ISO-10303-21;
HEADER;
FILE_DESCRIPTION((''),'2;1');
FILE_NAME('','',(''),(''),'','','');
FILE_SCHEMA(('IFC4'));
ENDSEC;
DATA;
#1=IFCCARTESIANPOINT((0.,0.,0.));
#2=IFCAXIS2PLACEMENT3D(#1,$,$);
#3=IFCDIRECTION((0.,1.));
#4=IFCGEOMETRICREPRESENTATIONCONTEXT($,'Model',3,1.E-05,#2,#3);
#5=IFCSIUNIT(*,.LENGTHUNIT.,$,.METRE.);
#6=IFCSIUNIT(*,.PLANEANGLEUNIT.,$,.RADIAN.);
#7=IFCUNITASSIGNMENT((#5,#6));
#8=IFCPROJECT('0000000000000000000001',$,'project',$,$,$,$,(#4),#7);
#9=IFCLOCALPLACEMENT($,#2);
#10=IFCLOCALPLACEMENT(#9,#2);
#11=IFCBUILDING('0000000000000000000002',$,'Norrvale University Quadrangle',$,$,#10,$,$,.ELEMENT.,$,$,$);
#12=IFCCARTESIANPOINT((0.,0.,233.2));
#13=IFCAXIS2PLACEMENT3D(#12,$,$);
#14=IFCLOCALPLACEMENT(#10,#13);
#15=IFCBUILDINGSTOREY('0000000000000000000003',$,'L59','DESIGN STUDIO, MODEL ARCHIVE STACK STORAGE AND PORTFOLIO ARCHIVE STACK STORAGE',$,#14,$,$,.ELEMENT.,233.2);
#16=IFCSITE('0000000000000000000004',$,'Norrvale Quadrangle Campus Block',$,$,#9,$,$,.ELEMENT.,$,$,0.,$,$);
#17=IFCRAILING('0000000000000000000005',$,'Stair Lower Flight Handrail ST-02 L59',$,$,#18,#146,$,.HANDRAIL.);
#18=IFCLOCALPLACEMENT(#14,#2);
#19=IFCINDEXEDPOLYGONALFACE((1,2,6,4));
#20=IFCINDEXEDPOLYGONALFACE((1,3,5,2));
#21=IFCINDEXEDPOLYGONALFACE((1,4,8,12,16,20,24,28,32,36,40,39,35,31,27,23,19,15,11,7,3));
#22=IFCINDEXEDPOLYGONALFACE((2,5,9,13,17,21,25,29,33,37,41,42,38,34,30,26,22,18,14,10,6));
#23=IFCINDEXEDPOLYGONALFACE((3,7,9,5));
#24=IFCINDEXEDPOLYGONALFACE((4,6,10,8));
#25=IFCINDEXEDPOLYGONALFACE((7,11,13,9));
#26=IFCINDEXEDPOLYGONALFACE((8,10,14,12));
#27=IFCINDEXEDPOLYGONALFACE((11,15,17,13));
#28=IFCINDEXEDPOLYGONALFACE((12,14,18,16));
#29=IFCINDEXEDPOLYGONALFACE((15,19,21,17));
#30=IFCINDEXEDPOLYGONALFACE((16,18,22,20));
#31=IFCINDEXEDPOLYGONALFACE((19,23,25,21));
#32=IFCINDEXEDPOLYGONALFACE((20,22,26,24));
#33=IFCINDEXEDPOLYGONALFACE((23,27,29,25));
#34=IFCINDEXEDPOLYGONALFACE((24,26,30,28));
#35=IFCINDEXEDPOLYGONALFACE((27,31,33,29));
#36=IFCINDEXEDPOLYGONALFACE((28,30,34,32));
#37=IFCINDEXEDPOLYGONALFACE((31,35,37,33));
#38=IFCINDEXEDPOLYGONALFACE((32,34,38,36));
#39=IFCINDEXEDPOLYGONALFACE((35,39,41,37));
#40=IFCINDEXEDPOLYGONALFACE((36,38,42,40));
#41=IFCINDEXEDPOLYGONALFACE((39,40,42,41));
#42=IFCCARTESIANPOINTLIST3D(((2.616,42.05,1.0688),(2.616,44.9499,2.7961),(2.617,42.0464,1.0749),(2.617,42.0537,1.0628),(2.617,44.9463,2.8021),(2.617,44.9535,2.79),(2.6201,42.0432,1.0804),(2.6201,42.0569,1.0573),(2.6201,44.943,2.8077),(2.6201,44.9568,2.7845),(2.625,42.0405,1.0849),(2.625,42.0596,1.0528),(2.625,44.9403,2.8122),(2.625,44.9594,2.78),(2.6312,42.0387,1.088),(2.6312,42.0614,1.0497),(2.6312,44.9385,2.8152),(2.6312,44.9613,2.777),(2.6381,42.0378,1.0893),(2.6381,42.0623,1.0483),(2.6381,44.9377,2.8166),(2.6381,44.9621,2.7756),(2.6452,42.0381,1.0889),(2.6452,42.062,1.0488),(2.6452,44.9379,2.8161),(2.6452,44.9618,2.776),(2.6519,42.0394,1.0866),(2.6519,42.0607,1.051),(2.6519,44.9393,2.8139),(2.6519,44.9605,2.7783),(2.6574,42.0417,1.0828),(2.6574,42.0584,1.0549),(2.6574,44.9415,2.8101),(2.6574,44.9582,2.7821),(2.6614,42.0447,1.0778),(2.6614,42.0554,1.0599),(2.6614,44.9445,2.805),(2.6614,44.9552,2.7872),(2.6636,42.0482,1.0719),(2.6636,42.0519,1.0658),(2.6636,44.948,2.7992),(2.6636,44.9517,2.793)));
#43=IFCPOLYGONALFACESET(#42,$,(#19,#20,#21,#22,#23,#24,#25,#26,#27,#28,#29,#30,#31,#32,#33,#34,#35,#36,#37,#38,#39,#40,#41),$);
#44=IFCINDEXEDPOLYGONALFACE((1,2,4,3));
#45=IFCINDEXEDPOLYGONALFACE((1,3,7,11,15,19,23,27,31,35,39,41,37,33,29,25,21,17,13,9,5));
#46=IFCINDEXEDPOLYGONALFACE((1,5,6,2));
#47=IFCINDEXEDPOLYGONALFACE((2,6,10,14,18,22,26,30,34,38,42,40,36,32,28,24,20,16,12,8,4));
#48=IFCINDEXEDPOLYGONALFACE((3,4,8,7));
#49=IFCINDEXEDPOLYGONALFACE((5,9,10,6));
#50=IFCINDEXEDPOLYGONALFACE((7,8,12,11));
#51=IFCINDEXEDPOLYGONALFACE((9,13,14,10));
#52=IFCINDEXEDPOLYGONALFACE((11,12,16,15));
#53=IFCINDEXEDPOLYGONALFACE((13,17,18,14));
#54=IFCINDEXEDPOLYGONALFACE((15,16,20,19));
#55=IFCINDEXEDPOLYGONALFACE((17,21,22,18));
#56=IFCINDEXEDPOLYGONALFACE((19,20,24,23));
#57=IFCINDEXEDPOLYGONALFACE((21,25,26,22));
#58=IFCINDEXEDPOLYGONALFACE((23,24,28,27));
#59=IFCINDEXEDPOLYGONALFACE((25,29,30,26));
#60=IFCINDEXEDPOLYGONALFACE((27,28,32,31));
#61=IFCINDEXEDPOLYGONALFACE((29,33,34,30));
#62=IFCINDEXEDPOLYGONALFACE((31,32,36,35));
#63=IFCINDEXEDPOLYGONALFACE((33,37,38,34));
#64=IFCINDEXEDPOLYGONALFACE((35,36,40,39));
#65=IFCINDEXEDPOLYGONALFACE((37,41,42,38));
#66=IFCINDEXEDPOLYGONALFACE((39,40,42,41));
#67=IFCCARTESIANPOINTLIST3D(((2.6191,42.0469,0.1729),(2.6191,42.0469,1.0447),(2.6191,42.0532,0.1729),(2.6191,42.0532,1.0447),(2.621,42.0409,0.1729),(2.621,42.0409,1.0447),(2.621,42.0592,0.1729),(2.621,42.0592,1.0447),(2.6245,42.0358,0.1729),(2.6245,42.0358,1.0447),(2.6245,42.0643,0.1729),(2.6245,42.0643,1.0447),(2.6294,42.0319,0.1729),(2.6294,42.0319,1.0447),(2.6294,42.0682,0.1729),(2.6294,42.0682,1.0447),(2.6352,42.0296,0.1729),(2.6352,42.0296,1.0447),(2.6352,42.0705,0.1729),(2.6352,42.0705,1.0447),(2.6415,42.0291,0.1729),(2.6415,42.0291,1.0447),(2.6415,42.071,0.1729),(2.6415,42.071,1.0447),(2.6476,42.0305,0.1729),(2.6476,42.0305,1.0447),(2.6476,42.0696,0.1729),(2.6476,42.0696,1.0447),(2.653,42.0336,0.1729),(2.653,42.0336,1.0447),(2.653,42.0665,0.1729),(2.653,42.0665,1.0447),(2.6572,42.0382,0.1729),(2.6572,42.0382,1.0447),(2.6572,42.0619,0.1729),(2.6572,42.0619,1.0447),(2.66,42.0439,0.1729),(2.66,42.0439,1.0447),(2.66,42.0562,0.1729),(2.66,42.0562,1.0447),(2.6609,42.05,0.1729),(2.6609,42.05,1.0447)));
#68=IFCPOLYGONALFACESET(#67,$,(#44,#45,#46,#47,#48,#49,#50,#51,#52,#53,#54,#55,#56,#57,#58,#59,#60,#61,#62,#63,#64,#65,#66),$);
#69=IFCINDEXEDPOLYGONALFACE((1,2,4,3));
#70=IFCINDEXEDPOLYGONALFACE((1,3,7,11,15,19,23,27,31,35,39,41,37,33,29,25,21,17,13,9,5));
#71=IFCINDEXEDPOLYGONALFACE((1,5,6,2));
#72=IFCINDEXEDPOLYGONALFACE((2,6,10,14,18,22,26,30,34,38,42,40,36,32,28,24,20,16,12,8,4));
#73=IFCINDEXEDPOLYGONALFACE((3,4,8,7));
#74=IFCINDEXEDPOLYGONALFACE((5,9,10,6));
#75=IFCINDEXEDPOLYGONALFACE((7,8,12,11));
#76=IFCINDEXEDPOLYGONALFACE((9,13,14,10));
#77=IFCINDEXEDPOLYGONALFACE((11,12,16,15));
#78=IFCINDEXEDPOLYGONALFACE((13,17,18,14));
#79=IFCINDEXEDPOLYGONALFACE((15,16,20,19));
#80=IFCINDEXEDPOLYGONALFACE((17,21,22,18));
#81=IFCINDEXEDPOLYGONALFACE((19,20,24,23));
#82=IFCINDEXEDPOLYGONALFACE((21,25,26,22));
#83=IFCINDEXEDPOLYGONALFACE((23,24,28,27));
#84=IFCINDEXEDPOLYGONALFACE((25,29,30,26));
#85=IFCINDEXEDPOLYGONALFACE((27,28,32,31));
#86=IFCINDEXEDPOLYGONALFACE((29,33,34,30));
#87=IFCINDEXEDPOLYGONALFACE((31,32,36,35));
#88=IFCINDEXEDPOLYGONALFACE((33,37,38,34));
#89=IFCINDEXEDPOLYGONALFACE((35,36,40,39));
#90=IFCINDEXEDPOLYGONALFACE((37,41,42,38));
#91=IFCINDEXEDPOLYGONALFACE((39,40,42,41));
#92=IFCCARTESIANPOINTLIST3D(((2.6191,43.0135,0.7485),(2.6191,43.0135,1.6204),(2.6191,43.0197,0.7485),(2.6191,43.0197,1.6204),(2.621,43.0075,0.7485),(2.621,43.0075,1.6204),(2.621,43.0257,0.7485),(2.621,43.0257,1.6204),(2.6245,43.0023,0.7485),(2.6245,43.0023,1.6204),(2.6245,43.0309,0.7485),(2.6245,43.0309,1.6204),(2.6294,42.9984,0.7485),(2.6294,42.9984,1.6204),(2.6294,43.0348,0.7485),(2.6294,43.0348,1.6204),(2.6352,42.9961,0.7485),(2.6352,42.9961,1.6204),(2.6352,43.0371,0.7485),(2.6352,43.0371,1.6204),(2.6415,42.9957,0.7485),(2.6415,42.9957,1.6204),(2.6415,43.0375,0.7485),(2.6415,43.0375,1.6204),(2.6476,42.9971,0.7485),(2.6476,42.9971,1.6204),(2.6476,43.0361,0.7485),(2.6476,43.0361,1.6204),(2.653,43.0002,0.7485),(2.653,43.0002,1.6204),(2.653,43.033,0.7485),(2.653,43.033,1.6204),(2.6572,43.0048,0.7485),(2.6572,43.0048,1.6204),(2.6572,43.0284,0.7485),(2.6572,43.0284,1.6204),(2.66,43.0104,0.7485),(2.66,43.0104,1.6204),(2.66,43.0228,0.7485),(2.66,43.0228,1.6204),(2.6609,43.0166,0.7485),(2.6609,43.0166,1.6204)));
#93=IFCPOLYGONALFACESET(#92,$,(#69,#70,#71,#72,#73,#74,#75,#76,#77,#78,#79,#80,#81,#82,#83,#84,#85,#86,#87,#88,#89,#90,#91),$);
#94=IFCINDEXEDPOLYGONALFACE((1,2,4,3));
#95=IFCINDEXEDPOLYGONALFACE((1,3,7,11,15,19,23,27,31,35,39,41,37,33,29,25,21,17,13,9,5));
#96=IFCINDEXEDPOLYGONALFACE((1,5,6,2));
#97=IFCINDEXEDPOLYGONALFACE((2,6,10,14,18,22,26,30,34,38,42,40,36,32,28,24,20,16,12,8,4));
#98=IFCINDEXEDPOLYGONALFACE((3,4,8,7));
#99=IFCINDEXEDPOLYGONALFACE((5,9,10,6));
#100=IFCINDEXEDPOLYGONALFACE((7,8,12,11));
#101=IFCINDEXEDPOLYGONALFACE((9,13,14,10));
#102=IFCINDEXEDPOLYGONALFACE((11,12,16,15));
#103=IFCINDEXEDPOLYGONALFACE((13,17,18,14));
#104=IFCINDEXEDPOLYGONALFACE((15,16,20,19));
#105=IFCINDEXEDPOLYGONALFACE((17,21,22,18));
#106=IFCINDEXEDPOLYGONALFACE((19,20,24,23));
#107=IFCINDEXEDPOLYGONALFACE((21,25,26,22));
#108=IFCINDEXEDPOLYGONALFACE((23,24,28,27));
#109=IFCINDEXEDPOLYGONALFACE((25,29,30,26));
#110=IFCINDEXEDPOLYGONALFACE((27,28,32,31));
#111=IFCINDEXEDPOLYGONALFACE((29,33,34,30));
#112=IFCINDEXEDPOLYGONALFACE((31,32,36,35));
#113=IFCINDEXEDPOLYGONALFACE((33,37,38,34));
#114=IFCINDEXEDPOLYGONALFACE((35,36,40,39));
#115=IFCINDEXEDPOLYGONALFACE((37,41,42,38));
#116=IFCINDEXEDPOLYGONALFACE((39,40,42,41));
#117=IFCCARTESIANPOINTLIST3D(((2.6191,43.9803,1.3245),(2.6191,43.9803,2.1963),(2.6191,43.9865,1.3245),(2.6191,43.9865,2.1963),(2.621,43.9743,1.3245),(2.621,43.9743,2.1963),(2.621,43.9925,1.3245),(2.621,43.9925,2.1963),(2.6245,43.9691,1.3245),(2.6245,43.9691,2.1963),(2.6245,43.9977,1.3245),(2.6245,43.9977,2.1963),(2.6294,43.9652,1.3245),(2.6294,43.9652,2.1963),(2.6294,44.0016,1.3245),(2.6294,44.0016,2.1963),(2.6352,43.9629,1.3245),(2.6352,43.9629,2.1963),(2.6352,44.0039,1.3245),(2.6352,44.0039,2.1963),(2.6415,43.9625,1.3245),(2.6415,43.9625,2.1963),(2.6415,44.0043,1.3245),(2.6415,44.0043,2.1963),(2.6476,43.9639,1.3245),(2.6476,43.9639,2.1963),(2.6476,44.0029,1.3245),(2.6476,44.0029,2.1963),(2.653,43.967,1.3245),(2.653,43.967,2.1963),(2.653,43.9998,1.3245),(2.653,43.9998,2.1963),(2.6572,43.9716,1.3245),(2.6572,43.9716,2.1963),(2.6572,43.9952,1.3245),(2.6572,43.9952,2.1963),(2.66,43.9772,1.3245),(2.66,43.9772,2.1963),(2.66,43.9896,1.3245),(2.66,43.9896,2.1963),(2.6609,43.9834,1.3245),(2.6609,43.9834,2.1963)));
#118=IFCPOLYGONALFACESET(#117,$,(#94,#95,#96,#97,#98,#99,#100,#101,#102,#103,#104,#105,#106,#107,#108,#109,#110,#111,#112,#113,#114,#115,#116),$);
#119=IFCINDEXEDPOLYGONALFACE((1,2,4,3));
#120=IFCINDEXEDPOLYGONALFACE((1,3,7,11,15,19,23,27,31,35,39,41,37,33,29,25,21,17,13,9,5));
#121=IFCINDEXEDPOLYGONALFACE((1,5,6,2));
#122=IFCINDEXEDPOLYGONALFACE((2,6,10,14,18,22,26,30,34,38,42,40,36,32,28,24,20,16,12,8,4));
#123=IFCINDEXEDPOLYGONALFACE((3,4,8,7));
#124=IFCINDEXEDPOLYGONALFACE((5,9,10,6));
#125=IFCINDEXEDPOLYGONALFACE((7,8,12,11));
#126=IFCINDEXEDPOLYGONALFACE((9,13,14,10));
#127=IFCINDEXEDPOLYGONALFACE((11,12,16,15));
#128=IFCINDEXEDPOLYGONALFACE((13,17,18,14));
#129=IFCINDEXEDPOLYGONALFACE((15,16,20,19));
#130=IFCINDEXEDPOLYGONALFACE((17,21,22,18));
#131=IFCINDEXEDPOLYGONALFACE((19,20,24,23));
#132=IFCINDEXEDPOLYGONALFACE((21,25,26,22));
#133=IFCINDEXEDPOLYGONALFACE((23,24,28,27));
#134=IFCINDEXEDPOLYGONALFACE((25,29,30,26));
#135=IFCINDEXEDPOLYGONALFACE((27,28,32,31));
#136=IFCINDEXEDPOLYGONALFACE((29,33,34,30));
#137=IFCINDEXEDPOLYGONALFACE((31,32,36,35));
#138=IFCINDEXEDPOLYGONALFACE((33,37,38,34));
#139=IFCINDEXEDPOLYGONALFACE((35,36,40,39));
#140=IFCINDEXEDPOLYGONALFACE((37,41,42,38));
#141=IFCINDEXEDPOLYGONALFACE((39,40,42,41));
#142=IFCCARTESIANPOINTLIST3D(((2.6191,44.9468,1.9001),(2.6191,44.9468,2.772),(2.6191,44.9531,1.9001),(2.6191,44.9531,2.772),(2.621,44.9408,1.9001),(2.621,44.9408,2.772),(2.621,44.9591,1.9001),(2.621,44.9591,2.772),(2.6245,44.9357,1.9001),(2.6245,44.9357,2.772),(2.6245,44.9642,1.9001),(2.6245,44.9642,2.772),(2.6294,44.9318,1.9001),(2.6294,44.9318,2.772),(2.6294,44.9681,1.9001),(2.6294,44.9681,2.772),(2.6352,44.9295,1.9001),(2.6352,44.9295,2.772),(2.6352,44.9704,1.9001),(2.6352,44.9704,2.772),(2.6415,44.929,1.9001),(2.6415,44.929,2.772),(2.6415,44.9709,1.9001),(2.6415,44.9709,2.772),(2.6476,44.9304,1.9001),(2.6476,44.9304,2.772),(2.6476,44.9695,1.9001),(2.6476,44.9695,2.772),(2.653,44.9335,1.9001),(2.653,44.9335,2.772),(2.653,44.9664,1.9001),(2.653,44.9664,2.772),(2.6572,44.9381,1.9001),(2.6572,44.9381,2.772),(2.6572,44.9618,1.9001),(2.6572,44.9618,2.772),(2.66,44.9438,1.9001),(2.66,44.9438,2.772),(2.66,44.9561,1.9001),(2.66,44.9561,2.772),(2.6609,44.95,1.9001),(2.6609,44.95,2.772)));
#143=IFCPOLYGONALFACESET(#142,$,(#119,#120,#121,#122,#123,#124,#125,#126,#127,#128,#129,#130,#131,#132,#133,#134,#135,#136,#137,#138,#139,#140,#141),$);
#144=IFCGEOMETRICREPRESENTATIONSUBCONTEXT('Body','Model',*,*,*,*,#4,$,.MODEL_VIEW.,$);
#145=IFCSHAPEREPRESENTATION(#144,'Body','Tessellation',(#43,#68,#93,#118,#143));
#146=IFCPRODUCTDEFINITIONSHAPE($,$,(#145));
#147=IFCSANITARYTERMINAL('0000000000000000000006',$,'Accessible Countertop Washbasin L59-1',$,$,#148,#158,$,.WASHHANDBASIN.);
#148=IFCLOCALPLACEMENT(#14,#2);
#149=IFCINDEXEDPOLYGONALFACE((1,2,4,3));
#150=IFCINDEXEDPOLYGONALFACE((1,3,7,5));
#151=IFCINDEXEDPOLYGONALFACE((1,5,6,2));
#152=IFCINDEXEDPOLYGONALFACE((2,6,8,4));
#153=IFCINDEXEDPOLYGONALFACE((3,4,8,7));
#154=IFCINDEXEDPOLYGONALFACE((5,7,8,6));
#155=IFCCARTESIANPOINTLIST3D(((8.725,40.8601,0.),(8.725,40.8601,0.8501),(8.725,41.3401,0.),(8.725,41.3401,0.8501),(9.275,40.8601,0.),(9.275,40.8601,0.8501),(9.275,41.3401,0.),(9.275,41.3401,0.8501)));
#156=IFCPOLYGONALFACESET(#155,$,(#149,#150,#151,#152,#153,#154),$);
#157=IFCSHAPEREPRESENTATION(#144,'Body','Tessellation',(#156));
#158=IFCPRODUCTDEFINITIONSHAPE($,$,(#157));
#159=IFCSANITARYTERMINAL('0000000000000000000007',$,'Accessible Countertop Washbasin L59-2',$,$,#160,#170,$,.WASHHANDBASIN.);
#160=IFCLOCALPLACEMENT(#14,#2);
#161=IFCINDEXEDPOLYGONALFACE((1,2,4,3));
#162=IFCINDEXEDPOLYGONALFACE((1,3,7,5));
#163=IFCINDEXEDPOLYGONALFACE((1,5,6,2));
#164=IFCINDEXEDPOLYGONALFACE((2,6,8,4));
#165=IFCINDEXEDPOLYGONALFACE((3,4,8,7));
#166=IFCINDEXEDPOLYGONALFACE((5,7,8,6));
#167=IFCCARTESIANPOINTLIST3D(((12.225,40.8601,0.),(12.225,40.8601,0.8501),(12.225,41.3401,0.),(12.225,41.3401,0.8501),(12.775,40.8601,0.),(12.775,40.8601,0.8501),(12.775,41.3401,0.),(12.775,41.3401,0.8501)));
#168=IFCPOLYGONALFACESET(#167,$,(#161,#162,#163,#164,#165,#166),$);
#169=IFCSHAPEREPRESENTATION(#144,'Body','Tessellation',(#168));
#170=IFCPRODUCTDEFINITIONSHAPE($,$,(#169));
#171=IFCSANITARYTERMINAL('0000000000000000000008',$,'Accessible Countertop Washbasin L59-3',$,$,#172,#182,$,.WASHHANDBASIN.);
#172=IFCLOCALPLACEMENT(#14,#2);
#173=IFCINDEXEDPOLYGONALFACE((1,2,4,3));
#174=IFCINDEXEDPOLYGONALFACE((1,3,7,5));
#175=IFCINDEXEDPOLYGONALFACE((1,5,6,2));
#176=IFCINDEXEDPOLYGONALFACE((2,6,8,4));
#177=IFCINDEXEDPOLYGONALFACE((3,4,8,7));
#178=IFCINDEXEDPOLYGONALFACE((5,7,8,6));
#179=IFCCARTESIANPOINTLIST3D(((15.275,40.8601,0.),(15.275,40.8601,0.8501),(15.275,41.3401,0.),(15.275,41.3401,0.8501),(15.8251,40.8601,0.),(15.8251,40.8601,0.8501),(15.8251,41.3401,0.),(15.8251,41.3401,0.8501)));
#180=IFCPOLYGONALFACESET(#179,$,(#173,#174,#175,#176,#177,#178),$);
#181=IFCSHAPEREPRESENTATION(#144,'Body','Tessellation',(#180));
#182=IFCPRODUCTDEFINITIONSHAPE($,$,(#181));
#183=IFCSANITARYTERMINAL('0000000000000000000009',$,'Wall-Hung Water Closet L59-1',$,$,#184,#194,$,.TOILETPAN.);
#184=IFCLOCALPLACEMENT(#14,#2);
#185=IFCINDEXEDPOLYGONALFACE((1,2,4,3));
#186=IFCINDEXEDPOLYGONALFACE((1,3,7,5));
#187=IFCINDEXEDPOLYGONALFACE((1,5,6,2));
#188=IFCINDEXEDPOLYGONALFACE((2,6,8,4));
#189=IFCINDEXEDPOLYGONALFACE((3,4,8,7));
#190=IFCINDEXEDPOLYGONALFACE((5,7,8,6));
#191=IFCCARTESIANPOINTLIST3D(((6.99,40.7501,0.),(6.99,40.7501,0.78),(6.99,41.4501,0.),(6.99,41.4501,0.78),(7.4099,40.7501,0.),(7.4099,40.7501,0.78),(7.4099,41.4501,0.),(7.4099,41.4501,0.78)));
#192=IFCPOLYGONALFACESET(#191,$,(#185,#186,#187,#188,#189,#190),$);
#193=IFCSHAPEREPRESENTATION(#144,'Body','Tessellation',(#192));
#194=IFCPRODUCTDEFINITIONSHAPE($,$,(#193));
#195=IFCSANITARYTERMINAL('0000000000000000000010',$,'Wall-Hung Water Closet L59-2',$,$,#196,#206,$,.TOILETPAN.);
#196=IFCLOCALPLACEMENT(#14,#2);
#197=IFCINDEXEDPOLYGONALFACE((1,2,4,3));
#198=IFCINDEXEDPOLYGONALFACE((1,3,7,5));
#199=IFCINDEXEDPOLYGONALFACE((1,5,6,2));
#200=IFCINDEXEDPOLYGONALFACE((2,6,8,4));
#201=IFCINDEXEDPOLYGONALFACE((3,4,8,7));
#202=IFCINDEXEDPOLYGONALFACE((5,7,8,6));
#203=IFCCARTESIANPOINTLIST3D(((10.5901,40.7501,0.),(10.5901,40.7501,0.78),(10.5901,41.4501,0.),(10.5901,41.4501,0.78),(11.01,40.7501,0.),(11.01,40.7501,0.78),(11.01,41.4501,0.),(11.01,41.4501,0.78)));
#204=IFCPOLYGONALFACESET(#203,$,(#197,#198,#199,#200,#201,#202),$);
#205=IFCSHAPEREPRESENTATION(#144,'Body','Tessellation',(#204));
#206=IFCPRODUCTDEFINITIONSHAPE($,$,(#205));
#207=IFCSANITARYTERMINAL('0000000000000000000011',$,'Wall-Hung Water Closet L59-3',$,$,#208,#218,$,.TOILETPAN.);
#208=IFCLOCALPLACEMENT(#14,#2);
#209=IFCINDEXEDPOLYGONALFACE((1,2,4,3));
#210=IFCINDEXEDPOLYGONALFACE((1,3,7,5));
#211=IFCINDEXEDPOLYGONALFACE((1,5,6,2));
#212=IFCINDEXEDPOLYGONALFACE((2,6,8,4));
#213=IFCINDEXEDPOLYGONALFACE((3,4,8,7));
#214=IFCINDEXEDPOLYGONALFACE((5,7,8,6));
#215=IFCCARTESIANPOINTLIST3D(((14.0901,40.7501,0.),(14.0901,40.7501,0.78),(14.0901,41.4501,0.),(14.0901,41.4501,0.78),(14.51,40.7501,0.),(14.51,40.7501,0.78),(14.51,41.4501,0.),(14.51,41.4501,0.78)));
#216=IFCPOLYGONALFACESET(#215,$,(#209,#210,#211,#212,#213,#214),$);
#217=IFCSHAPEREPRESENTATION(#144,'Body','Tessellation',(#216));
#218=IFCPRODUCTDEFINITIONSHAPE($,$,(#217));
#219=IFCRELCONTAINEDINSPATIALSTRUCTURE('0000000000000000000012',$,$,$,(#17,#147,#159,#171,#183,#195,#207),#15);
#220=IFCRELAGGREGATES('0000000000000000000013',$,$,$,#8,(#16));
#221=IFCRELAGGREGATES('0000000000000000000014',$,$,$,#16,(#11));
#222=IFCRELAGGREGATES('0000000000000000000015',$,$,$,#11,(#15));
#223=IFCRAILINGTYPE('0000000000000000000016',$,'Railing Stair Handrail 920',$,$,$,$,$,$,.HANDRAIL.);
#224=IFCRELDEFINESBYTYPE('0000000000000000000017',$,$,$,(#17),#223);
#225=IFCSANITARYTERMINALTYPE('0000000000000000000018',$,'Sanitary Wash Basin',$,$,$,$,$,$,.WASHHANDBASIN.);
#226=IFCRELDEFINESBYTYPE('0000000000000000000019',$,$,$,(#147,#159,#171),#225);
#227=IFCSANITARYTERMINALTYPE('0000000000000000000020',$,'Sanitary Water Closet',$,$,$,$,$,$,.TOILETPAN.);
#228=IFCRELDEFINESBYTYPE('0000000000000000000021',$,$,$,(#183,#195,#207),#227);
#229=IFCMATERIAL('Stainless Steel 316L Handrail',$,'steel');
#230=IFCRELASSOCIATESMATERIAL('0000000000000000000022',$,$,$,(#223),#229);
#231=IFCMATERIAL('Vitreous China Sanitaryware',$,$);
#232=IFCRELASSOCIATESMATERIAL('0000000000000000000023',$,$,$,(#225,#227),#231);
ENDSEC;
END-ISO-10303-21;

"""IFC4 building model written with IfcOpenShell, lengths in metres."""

from ifc_helpers import new_model, si_unit, direction, frame, origin, origin_2d, place, context, subcontext, project, spatial, rectangle, circle, extrude, material, type_object, element, save


model = new_model("IFC4")

# Units and contexts
model_context = context("Model", 3, precision=1e-05, world=origin(), true_north=direction((0.0, 1.0)))
body_context = subcontext(model_context, "Body", "Model", "MODEL_VIEW")
ifc_project = project(units=[si_unit("LENGTHUNIT", "METRE"), si_unit("PLANEANGLEUNIT", "RADIAN")], contexts=[model_context])

# Site, building, storey
site_placement = place(None, origin())
site = spatial("IfcSite", under=ifc_project, at=site_placement, Name="Norrvale Quadrangle Campus Block", CompositionType="ELEMENT", RefElevation=0.0)
building_placement = place(site_placement, origin())
building = spatial("IfcBuilding", under=site, at=building_placement, Name="Norrvale University Quadrangle", CompositionType="ELEMENT")
storey_placement = place(building_placement, frame((0.0, 0.0, 233.2)))
storey = spatial("IfcBuildingStorey", under=building, at=storey_placement, Name="L59", Description="DESIGN STUDIO, MODEL ARCHIVE STACK STORAGE AND PORTFOLIO ARCHIVE STACK STORAGE", CompositionType="ELEMENT", Elevation=233.2)

# Railing
ifc_material_1 = material(Name="Stainless Steel 316L Handrail", Category="steel")
railing_type_1 = type_object("IfcRailingType", Name="Railing Stair Handrail 920", PredefinedType="HANDRAIL", material=ifc_material_1)
railing_1_placement = place(storey_placement, frame((2.6399, 42.05, 0.1729)))
element("IfcRailing", 1, at=railing_1_placement, inside=storey, type_object=railing_type_1, Name="Stair Lower Flight Handrail ST-02 L59", PredefinedType="HANDRAIL", context=body_context, shape_type="SweptSolid", body=[
    extrude(circle(Radius=0.0239, at=origin_2d()), frame((0.0, 0.0, 0.896), z_axis=(0.0, 0.859141, 0.511738), x_axis=(-1.0, 0.0, 0.0)), (0.0, 0.0, 1.0), 3.3752),
    extrude(circle(Radius=0.021, at=origin_2d()), origin(), (0.0, 0.0, 1.0), 0.8718),
    extrude(circle(Radius=0.021, at=origin_2d()), frame((0.0, 0.9666, 0.5757)), (0.0, 0.0, 1.0), 0.8718),
    extrude(circle(Radius=0.021, at=origin_2d()), frame((0.0, 1.9333, 1.1516)), (0.0, 0.0, 1.0), 0.8718),
    extrude(circle(Radius=0.021, at=origin_2d()), frame((0.0, 2.8999, 1.7273)), (0.0, 0.0, 1.0), 0.8718),
])

# Sanitary terminals
ifc_material_2 = material(Name="Vitreous China Sanitaryware")
sanitary_terminal_type_1 = type_object("IfcSanitaryTerminalType", Name="Sanitary Wash Basin", PredefinedType="WASHHANDBASIN", material=ifc_material_2)
for number, where, z_axis, x_axis, name in (
    (2, (9.0, 41.1001, 0.0), (0.0, 0.0, 1.0), (1.0, 0.0, 0.0), "Accessible Countertop Washbasin L59-1"),
    (3, (12.5, 41.1001, 0.0), (0.0, 0.0, 1.0), (1.0, 0.0, 0.0), "Accessible Countertop Washbasin L59-2"),
    (4, (15.55, 41.1001, 0.0), (0.0, 0.0, 1.0), (1.0, 0.0, 0.0), "Accessible Countertop Washbasin L59-3"),
):
    element("IfcSanitaryTerminal", number, at=place(storey_placement, frame(where, z_axis=z_axis, x_axis=x_axis)), inside=storey, type_object=sanitary_terminal_type_1, Name=name, PredefinedType="WASHHANDBASIN", context=body_context, shape_type="SweptSolid", body=[
        extrude(rectangle(XDim=0.55, YDim=0.48, at=origin_2d()), origin(), (0.0, 0.0, 1.0), 0.8501),
    ])
sanitary_terminal_type_2 = type_object("IfcSanitaryTerminalType", Name="Sanitary Water Closet", PredefinedType="TOILETPAN", material=ifc_material_2)
for number, where, z_axis, x_axis, name in (
    (5, (7.2, 41.1001, 0.0), (0.0, 0.0, 1.0), (1.0, 0.0, 0.0), "Wall-Hung Water Closet L59-1"),
    (6, (10.8, 41.1001, 0.0), (0.0, 0.0, 1.0), (1.0, 0.0, 0.0), "Wall-Hung Water Closet L59-2"),
    (7, (14.3, 41.1001, 0.0), (0.0, 0.0, 1.0), (1.0, 0.0, 0.0), "Wall-Hung Water Closet L59-3"),
):
    element("IfcSanitaryTerminal", number, at=place(storey_placement, frame(where, z_axis=z_axis, x_axis=x_axis)), inside=storey, type_object=sanitary_terminal_type_2, Name=name, PredefinedType="TOILETPAN", context=body_context, shape_type="SweptSolid", body=[
        extrude(rectangle(XDim=0.4199, YDim=0.7, at=origin_2d()), origin(), (0.0, 0.0, 1.0), 0.78),
    ])

save(model, "model.ifc")
